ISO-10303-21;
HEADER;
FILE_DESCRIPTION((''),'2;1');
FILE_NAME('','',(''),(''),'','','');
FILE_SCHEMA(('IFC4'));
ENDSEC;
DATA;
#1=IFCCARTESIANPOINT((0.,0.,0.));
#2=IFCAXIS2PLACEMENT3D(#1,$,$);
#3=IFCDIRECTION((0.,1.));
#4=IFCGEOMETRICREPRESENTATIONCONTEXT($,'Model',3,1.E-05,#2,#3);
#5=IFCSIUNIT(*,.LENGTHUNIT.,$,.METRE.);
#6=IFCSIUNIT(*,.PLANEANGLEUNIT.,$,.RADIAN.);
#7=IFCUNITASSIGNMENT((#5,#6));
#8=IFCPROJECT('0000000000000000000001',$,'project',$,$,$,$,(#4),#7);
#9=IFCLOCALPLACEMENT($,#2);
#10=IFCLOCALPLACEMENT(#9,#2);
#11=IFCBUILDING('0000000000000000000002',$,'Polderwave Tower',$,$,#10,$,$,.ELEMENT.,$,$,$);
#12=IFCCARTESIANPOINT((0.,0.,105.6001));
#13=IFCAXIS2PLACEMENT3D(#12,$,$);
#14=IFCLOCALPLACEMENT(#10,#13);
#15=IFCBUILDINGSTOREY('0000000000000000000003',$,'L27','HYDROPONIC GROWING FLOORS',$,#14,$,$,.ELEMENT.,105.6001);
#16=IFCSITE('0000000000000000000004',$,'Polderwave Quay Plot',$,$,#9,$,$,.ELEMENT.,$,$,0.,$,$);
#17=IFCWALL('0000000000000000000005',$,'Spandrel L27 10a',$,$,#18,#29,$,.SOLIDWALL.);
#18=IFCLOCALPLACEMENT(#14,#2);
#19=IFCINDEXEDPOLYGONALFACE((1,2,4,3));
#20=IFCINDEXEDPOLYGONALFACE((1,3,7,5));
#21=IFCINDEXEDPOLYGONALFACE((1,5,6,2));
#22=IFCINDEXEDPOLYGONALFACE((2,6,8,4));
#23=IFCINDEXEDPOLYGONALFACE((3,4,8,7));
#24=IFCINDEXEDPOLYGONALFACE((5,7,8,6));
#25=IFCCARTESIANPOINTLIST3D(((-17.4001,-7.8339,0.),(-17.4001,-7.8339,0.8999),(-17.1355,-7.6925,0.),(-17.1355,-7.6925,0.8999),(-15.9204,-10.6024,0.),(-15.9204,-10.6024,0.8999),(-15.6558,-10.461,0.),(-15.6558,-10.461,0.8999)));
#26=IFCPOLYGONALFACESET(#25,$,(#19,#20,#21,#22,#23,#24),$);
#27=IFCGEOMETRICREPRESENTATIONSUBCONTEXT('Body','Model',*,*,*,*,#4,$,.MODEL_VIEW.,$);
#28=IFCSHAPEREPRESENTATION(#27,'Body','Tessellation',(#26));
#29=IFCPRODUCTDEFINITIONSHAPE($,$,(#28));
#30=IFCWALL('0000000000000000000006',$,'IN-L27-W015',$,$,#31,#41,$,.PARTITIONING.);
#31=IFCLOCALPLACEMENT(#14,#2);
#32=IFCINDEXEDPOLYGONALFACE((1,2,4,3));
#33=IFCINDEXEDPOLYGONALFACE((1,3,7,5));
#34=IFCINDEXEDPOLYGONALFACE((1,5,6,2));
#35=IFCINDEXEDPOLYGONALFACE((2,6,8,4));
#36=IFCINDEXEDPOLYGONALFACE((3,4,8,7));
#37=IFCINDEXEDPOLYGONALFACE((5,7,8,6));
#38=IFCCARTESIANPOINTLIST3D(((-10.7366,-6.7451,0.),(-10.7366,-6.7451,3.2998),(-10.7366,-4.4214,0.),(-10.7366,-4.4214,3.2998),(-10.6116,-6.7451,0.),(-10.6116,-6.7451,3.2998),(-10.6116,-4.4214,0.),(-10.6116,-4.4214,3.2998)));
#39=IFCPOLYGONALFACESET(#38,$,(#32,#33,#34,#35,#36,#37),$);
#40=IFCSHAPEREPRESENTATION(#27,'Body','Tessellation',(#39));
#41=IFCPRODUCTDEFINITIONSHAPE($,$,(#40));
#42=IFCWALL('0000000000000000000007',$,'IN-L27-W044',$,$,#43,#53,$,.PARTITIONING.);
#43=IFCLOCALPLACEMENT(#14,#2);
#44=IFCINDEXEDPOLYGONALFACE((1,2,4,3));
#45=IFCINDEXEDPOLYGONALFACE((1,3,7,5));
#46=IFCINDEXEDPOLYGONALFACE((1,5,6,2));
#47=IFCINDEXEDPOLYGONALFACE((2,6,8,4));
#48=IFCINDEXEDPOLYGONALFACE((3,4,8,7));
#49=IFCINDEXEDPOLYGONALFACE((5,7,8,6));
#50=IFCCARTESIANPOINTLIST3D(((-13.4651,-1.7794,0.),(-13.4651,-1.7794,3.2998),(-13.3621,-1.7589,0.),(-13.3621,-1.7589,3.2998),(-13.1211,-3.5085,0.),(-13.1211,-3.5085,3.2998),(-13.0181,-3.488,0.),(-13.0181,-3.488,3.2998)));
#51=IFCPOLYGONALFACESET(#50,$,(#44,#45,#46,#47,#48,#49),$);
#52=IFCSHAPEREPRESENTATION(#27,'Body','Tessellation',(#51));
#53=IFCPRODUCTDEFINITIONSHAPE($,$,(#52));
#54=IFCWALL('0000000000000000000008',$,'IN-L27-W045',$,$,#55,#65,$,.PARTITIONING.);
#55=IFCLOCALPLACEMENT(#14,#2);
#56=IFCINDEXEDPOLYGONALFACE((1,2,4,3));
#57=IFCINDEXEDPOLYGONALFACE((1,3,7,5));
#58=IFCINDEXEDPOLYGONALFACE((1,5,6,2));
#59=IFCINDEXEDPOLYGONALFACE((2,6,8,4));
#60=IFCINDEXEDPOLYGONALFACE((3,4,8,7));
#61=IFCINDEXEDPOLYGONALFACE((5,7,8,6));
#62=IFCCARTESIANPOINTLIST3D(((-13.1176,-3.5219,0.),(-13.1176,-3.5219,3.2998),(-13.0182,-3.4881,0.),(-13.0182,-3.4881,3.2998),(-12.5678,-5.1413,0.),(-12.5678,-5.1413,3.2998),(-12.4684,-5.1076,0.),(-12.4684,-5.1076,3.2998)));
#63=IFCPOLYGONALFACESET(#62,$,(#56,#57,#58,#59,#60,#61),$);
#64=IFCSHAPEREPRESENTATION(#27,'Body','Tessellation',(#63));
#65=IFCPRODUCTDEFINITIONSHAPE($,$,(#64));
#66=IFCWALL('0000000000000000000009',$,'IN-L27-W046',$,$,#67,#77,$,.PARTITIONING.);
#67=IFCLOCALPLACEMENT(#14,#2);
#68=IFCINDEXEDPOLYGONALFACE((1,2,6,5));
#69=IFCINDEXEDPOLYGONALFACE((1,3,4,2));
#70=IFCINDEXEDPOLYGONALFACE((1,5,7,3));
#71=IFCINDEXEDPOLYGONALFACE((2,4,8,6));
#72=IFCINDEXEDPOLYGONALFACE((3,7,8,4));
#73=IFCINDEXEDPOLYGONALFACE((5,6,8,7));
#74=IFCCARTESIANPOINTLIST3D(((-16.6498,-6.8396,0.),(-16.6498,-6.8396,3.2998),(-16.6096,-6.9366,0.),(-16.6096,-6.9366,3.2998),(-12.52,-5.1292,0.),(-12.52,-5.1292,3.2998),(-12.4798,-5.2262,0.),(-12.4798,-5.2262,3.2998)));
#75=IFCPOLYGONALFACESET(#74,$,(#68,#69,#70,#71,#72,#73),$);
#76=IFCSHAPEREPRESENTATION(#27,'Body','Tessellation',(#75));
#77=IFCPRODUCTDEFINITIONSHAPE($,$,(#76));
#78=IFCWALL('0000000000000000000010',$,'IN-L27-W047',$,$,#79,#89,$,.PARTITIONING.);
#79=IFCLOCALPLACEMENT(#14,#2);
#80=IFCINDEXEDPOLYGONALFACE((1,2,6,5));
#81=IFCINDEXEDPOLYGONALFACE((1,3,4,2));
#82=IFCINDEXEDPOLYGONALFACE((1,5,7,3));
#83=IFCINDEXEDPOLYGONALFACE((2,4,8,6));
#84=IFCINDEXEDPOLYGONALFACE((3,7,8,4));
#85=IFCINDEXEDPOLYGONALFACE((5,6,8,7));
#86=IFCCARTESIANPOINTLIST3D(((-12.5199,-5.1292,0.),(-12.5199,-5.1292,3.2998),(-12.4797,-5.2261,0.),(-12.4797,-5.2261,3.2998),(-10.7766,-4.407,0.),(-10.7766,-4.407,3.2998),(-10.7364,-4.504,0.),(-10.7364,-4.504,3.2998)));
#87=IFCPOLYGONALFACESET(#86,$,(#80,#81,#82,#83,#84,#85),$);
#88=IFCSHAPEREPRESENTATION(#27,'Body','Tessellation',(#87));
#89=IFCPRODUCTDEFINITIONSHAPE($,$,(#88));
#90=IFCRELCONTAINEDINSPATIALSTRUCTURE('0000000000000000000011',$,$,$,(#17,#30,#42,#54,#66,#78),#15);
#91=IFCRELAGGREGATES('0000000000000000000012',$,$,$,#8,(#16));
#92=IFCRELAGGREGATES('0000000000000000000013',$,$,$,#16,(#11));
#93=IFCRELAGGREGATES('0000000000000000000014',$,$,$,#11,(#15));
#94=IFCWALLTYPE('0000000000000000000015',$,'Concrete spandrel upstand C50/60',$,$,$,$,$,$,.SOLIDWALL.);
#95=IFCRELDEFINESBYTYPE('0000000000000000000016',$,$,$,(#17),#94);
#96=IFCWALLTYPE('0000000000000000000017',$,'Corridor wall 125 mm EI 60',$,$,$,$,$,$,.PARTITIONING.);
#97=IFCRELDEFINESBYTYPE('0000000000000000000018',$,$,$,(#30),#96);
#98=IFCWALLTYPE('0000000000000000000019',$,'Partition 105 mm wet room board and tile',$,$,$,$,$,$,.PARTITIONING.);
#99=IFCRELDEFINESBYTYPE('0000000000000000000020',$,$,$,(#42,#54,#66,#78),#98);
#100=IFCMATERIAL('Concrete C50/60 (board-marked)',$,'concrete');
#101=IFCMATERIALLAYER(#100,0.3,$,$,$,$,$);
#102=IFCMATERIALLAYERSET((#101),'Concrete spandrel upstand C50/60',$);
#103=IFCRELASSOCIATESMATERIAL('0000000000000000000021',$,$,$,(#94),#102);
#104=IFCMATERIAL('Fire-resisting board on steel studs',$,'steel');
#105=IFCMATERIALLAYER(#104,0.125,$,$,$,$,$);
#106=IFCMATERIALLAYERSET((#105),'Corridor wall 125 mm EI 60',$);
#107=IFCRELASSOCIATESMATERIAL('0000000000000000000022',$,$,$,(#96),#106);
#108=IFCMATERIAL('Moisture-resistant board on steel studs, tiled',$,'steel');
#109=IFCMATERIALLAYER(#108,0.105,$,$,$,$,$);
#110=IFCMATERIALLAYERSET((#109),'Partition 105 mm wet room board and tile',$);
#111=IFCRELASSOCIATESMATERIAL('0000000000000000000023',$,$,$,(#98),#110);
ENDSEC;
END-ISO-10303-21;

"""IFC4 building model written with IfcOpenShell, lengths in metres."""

from ifc_helpers import new_model, si_unit, direction, frame, frame_2d, origin, place, context, subcontext, project, spatial, rectangle, extrude, material, layer, layer_set, type_object, element, save


model = new_model("IFC4")

# Units and contexts
model_context = context("Model", 3, precision=1e-05, world=origin(), true_north=direction((0.0, 1.0)))
body_context = subcontext(model_context, "Body", "Model", "MODEL_VIEW")
ifc_project = project(units=[si_unit("LENGTHUNIT", "METRE"), si_unit("PLANEANGLEUNIT", "RADIAN")], contexts=[model_context])

# Site, building, storey
site_placement = place(None, origin())
site = spatial("IfcSite", under=ifc_project, at=site_placement, Name="Polderwave Quay Plot", CompositionType="ELEMENT", RefElevation=0.0)
building_placement = place(site_placement, origin())
building = spatial("IfcBuilding", under=site, at=building_placement, Name="Polderwave Tower", CompositionType="ELEMENT")
storey_placement = place(building_placement, frame((0.0, 0.0, 105.6001)))
storey = spatial("IfcBuildingStorey", under=building, at=storey_placement, Name="L27", Description="HYDROPONIC GROWING FLOORS", CompositionType="ELEMENT", Elevation=105.6001)

# Walls
ifc_material_1 = material(Name="Concrete C50/60 (board-marked)", Category="concrete")
ifc_layer_1 = layer(ifc_material_1, 0.3)
ifc_layer_set_1 = layer_set([ifc_layer_1], Name="Concrete spandrel upstand C50/60")
wall_type_1 = type_object("IfcWallType", Name="Concrete spandrel upstand C50/60", PredefinedType="SOLIDWALL", material=ifc_layer_set_1)
wall_1_placement = place(storey_placement, frame((-17.2678, -7.7632, 0.0), z_axis=(0.0, 0.0, 1.0), x_axis=(0.471375, -0.881933, 0.0)))
element("IfcWall", 1, at=wall_1_placement, inside=storey, type_object=wall_type_1, Name="Spandrel L27 10a", PredefinedType="SOLIDWALL", context=body_context, shape_type="SweptSolid", body=[
    extrude(rectangle(XDim=3.1392, YDim=0.3, at=frame_2d((1.5696, 0.0))), origin(), (0.0, 0.0, 1.0), 0.8999),
])
ifc_material_2 = material(Name="Fire-resisting board on steel studs", Category="steel")
ifc_layer_2 = layer(ifc_material_2, 0.125)
ifc_layer_set_2 = layer_set([ifc_layer_2], Name="Corridor wall 125 mm EI 60")
wall_type_2 = type_object("IfcWallType", Name="Corridor wall 125 mm EI 60", PredefinedType="PARTITIONING", material=ifc_layer_set_2)
wall_2_placement = place(storey_placement, frame((-10.6741, -6.7451, 0.0), z_axis=(0.0, 0.0, 1.0), x_axis=(0.0, 1.0, 0.0)))
element("IfcWall", 2, at=wall_2_placement, inside=storey, type_object=wall_type_2, Name="IN-L27-W015", PredefinedType="PARTITIONING", context=body_context, shape_type="SweptSolid", body=[
    extrude(rectangle(XDim=2.3237, YDim=0.125, at=frame_2d((1.1619, 0.0))), origin(), (0.0, 0.0, 1.0), 3.2998),
])
ifc_material_3 = material(Name="Moisture-resistant board on steel studs, tiled", Category="steel")
ifc_layer_3 = layer(ifc_material_3, 0.105)
ifc_layer_set_3 = layer_set([ifc_layer_3], Name="Partition 105 mm wet room board and tile")
wall_type_3 = type_object("IfcWallType", Name="Partition 105 mm wet room board and tile", PredefinedType="PARTITIONING", material=ifc_layer_set_3)
wall_3_placement = place(storey_placement, frame((-13.4136, -1.7693, 0.0), z_axis=(0.0, 0.0, 1.0), x_axis=(0.195131, -0.980777, 0.0)))
element("IfcWall", 3, at=wall_3_placement, inside=storey, type_object=wall_type_3, Name="IN-L27-W044", PredefinedType="PARTITIONING", context=body_context, shape_type="SweptSolid", body=[
    extrude(rectangle(XDim=1.7629, YDim=0.105, at=frame_2d((0.8813, 0.0))), origin(), (0.0, 0.0, 1.0), 3.2998),
])
wall_4_placement = place(storey_placement, frame((-13.0679, -3.5051, 0.0), z_axis=(0.0, 0.0, 1.0), x_axis=(0.321491, -0.946913, 0.0)))
element("IfcWall", 4, at=wall_4_placement, inside=storey, type_object=wall_type_3, Name="IN-L27-W045", PredefinedType="PARTITIONING", context=body_context, shape_type="SweptSolid", body=[
    extrude(rectangle(XDim=1.7102, YDim=0.105, at=frame_2d((0.855, 0.0))), origin(), (0.0, 0.0, 1.0), 3.2998),
])
wall_5_placement = place(storey_placement, frame((-12.5, -5.1777, 0.0), z_axis=(0.0, 0.0, 1.0), x_axis=(-0.923896, -0.382644, 0.0)))
element("IfcWall", 5, at=wall_5_placement, inside=storey, type_object=wall_type_3, Name="IN-L27-W046", PredefinedType="PARTITIONING", context=body_context, shape_type="SweptSolid", body=[
    extrude(rectangle(XDim=4.47, YDim=0.105, at=frame_2d((2.2349, 0.0))), origin(), (0.0, 0.0, 1.0), 3.2998),
])
wall_6_placement = place(storey_placement, frame((-10.7566, -4.4556, 0.0), z_axis=(0.0, 0.0, 1.0), x_axis=(-0.923875, -0.382695, 0.0)))
element("IfcWall", 6, at=wall_6_placement, inside=storey, type_object=wall_type_3, Name="IN-L27-W047", PredefinedType="PARTITIONING", context=body_context, shape_type="SweptSolid", body=[
    extrude(rectangle(XDim=1.887, YDim=0.105, at=frame_2d((0.9434, 0.0))), origin(), (0.0, 0.0, 1.0), 3.2998),
])

save(model, "model.ifc")
